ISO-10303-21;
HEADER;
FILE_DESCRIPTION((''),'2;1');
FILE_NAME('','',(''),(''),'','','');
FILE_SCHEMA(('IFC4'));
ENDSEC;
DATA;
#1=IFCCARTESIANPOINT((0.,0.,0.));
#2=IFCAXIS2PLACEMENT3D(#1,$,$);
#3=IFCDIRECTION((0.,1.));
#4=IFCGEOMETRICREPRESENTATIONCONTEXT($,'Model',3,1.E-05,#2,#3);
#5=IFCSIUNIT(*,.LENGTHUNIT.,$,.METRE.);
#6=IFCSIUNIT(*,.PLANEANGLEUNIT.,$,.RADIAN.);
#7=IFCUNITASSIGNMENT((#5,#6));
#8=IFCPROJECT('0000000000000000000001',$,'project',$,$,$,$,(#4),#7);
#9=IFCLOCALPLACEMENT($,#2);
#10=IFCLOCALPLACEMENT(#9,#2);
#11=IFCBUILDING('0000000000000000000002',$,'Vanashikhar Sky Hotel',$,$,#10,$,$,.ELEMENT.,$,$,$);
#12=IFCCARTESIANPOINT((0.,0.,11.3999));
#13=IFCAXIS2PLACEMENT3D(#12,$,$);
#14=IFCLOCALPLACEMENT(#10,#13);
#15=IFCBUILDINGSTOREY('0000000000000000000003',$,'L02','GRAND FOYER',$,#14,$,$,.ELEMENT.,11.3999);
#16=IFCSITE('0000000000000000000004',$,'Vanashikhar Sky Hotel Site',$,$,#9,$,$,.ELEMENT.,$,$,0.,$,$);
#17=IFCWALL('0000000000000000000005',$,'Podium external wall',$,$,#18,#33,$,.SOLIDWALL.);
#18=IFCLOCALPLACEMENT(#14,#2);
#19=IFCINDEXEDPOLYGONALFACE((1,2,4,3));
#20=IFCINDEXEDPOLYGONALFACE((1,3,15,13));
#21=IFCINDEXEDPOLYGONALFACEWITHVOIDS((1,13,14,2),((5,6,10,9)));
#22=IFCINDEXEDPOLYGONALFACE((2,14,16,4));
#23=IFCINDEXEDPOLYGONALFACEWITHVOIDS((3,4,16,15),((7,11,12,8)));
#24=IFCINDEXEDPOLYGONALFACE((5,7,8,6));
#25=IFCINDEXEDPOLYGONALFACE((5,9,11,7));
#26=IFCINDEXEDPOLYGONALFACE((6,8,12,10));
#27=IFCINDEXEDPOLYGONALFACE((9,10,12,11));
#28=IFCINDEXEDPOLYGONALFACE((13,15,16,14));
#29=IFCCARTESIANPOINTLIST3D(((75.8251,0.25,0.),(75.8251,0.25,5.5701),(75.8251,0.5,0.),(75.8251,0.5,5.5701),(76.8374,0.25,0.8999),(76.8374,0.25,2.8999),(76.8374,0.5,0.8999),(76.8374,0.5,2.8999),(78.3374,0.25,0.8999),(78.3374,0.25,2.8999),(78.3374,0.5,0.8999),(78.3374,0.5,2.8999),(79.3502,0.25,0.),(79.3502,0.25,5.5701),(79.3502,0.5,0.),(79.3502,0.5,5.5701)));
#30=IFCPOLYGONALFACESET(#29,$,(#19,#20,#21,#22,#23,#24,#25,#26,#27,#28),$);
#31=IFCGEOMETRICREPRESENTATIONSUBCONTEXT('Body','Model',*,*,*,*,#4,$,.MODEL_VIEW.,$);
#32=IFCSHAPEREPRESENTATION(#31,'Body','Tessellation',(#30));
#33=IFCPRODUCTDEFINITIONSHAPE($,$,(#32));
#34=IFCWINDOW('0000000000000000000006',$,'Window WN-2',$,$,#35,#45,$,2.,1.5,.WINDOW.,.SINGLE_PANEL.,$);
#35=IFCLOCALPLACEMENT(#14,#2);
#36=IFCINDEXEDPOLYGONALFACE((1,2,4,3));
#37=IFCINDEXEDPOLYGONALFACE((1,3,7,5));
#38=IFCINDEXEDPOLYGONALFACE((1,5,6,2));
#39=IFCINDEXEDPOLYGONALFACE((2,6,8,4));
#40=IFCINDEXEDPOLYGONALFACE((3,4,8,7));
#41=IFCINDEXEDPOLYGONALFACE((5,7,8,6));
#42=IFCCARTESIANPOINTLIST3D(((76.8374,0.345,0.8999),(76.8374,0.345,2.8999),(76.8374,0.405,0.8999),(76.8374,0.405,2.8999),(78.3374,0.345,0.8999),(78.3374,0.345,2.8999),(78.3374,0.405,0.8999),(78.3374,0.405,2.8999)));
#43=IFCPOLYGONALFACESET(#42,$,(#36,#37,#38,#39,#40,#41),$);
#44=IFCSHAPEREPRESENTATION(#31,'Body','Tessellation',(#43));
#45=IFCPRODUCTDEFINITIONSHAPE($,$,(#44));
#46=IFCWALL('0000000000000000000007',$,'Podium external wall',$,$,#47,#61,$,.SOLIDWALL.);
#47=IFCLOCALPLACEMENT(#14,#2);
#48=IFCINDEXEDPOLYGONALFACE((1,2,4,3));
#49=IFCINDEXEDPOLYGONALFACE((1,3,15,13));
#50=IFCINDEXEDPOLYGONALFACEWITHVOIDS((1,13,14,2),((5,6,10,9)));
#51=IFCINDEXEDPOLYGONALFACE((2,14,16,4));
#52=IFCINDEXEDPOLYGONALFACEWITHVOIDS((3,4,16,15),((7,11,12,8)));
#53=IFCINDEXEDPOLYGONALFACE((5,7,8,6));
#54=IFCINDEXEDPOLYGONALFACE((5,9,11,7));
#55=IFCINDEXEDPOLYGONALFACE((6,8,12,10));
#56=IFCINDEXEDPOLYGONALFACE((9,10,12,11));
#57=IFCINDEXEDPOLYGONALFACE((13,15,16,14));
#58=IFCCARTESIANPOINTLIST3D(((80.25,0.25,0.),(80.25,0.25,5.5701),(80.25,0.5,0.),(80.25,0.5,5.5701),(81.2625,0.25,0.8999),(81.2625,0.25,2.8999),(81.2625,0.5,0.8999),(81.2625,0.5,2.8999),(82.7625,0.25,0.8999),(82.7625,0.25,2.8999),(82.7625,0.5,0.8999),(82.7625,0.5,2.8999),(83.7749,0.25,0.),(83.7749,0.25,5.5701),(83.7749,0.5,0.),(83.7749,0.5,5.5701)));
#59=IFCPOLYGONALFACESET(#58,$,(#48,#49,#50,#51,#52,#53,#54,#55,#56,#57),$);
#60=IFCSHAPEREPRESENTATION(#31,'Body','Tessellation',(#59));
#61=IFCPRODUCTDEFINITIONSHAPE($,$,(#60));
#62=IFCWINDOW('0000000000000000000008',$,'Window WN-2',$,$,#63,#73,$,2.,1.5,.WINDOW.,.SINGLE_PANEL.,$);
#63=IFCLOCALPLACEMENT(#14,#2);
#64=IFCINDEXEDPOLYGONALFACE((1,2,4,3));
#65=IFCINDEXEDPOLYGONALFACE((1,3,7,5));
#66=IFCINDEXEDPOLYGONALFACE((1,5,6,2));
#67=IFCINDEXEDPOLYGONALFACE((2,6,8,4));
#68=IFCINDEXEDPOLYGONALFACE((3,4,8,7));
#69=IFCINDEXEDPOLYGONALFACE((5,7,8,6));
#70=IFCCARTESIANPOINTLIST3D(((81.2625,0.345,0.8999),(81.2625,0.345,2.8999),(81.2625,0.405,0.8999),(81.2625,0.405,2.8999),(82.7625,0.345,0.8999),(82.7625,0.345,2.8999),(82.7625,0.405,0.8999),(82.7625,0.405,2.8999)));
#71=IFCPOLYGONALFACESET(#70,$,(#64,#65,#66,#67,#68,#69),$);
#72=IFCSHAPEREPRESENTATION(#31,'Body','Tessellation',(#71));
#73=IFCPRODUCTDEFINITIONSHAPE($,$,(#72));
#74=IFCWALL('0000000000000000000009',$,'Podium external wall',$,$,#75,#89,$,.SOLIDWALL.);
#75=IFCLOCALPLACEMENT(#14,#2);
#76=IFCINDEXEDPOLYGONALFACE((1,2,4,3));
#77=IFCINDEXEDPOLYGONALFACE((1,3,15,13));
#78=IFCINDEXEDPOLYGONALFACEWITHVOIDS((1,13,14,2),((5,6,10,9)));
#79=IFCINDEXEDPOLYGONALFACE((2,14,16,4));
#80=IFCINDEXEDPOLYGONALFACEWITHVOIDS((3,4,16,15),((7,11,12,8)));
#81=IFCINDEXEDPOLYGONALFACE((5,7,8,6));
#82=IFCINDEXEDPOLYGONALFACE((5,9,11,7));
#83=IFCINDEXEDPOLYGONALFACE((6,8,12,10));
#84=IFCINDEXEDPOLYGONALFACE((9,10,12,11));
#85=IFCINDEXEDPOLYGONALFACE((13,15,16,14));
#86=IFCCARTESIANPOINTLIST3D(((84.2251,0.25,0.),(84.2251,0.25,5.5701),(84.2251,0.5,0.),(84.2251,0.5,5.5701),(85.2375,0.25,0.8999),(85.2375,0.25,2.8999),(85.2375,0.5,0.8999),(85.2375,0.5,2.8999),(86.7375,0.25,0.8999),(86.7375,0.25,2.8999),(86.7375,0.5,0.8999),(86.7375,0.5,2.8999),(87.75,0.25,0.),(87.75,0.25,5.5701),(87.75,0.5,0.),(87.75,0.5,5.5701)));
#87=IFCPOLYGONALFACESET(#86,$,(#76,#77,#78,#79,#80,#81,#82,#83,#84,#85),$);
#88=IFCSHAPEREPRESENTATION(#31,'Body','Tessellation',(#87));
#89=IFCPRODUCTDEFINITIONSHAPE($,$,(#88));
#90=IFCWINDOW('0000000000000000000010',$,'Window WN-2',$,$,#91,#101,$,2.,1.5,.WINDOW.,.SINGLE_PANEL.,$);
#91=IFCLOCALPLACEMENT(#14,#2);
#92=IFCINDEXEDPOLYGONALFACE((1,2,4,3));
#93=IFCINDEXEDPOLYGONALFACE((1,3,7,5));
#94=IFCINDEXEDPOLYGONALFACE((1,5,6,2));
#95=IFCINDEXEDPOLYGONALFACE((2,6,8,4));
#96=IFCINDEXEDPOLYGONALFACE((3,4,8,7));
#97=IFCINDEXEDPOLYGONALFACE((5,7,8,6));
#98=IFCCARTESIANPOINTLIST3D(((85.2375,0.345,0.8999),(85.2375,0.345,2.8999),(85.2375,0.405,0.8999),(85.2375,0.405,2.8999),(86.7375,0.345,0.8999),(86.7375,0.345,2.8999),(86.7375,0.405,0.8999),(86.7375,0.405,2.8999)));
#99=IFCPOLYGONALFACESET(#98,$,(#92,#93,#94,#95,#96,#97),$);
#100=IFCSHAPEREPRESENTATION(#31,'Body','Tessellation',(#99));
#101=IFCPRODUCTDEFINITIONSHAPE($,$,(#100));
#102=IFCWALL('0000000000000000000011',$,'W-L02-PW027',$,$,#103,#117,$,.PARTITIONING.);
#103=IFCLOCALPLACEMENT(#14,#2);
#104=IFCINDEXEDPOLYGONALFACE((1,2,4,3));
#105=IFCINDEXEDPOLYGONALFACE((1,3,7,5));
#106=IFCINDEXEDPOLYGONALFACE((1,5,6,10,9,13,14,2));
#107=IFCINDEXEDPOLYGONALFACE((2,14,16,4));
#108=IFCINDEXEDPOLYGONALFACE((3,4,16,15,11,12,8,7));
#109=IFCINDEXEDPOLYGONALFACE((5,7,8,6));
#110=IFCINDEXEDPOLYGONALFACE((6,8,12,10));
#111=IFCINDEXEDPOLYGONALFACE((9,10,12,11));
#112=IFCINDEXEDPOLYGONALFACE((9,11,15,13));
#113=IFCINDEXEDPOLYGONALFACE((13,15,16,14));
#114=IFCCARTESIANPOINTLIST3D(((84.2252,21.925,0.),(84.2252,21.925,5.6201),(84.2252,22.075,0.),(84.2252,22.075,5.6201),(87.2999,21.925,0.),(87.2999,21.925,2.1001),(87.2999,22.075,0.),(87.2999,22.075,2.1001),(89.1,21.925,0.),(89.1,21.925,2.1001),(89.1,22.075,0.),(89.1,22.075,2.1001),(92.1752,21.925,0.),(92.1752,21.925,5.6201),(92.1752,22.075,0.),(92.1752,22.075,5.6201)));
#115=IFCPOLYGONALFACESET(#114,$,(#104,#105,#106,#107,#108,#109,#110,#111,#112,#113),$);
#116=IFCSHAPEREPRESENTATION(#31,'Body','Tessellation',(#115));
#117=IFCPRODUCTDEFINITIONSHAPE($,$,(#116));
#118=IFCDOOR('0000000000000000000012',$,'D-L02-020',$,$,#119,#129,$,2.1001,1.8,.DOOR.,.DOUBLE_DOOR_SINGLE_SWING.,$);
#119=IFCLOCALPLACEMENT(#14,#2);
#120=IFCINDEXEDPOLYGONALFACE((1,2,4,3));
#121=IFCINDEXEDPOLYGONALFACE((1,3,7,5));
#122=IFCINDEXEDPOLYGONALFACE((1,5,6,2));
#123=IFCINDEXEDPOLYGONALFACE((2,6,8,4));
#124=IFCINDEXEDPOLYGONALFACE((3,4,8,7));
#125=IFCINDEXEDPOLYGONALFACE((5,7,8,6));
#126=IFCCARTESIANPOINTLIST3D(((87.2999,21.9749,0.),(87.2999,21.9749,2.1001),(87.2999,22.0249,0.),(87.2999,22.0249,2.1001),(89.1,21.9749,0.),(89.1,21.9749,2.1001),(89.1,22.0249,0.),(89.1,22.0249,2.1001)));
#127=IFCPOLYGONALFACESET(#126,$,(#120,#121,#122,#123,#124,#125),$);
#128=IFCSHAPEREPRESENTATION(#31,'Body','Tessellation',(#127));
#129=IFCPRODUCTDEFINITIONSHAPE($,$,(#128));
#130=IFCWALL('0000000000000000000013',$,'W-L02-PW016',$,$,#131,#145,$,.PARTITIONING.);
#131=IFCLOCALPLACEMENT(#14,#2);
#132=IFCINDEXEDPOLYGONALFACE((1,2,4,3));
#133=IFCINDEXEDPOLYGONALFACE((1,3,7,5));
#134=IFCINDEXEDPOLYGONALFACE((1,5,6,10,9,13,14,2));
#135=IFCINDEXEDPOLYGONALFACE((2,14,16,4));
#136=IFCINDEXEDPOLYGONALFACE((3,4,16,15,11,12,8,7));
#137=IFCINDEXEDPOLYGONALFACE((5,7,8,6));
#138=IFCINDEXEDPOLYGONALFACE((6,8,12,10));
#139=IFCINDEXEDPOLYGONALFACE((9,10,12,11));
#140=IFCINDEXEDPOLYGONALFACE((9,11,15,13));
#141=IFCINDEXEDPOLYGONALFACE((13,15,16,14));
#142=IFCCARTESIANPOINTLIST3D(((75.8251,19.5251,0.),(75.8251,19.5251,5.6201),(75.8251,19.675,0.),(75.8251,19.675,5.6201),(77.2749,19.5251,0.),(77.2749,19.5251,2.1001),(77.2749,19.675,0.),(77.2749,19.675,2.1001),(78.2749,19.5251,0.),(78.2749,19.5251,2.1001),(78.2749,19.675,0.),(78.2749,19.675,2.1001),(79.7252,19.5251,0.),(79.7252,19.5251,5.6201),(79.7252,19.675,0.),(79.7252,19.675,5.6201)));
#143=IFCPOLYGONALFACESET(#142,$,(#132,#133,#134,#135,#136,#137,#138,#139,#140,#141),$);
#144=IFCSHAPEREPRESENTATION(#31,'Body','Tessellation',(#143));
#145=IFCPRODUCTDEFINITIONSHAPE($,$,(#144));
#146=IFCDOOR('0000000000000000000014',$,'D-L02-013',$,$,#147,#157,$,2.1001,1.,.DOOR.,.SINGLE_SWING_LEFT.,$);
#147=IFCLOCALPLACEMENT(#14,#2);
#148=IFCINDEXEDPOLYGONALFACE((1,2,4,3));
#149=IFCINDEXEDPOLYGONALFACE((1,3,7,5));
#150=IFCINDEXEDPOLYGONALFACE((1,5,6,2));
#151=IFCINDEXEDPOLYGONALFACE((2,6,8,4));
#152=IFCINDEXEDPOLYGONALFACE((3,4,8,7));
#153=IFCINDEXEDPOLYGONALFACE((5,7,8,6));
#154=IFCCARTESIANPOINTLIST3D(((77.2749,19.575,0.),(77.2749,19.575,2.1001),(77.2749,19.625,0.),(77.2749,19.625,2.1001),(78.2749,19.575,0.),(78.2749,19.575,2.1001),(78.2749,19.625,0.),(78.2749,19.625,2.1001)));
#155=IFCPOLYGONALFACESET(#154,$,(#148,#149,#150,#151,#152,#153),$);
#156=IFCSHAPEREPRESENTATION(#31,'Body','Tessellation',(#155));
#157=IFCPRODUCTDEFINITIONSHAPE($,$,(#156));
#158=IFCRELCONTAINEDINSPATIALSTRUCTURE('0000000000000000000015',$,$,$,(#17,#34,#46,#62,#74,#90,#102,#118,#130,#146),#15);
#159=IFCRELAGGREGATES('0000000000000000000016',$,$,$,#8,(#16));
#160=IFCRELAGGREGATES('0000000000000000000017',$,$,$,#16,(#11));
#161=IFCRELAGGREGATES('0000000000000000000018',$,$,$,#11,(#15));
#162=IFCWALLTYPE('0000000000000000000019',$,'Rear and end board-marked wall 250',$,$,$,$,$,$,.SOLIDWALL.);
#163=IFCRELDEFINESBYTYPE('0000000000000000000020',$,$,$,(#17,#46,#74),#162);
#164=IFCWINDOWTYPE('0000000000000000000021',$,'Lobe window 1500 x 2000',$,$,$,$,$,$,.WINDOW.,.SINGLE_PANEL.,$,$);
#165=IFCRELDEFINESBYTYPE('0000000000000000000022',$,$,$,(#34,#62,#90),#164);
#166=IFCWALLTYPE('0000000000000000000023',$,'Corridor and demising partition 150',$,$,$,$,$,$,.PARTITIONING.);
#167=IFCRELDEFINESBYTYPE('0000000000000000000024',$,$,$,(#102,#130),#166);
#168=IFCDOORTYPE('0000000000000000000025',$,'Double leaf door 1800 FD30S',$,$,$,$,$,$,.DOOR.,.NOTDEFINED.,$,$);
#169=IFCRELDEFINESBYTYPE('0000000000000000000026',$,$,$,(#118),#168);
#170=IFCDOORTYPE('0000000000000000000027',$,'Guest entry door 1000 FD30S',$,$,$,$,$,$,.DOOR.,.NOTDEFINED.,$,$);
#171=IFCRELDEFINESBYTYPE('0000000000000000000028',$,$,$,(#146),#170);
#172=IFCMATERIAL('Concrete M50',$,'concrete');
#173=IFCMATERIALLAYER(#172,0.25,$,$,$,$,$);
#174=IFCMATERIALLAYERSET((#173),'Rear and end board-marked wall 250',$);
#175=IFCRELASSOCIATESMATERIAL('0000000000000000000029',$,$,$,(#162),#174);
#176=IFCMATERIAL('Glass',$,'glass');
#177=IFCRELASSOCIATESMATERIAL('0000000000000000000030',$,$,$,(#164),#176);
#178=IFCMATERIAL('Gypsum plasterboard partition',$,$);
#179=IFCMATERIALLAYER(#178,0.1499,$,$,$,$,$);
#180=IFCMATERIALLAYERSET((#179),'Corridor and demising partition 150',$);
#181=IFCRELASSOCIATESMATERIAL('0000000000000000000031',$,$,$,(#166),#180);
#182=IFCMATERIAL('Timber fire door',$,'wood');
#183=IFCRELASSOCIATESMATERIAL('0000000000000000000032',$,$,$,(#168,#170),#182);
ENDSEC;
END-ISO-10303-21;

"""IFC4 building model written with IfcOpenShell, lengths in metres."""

from ifc_helpers import new_model, si_unit, direction, frame, frame_2d, origin, place, context, subcontext, project, spatial, rectangle, extrude, source, transform, mapped, material, layer, layer_set, type_object, element, fill, save


model = new_model("IFC4")

# Units and contexts
model_context = context("Model", 3, precision=1e-05, world=origin(), true_north=direction((0.0, 1.0)))
body_context = subcontext(model_context, "Body", "Model", "MODEL_VIEW")
ifc_project = project(units=[si_unit("LENGTHUNIT", "METRE"), si_unit("PLANEANGLEUNIT", "RADIAN")], contexts=[model_context])

# Site, building, storey
site_placement = place(None, origin())
site = spatial("IfcSite", under=ifc_project, at=site_placement, Name="Vanashikhar Sky Hotel Site", CompositionType="ELEMENT", RefElevation=0.0)
building_placement = place(site_placement, origin())
building = spatial("IfcBuilding", under=site, at=building_placement, Name="Vanashikhar Sky Hotel", CompositionType="ELEMENT")
storey_placement = place(building_placement, frame((0.0, 0.0, 11.3999)))
storey = spatial("IfcBuildingStorey", under=building, at=storey_placement, Name="L02", Description="GRAND FOYER", CompositionType="ELEMENT", Elevation=11.3999)

# Shared definitions
ifc_material_1 = material(Name="Concrete M50", Category="concrete")

# Shared definitions
ifc_material_2 = material(Name="Glass", Category="glass")

# Walls, openings, windows
ifc_layer_1 = layer(ifc_material_1, 0.25)
ifc_layer_set_1 = layer_set([ifc_layer_1], Name="Rear and end board-marked wall 250")
wall_type_1 = type_object("IfcWallType", Name="Rear and end board-marked wall 250", PredefinedType="SOLIDWALL", material=ifc_layer_set_1)
shared_shape_1 = source(origin(), body_context, "Body", "SweptSolid", [
    extrude(rectangle(XDim=3.5251, YDim=0.25, at=frame_2d((1.7627, 0.0))), origin(), (0.0, 0.0, 1.0), 5.5701),
])
wall_1_placement = place(storey_placement, frame((75.825, 0.375, 0.0), z_axis=(0.0, 0.0, 1.0), x_axis=(1.0, 0.0, 0.0)))
wall_1 = element("IfcWall", 1, at=wall_1_placement, inside=storey, type_object=wall_type_1, Name="Podium external wall", PredefinedType="SOLIDWALL", context=body_context, shape_type="MappedRepresentation", body=[
    mapped(shared_shape_1, transform((0.0, 0.0, 0.0), scale=1.0)),
])
shared_shape_2 = source(origin(), body_context, "Body", "SweptSolid", [
    extrude(rectangle(XDim=1.5, YDim=2.0, at=frame_2d((0.75, 1.0))), frame((0.0, 0.135, 0.0), z_axis=(0.0, -1.0, 0.0), x_axis=(1.0, 0.0, 0.0)), (0.0, 0.0, 1.0), 0.27),
])
opening_1_placement = place(wall_1_placement, frame((1.0125, 0.0, 0.8999)))
opening_1 = element("IfcOpeningElement", 2, at=opening_1_placement, cuts=wall_1, PredefinedType="OPENING", context=body_context, shape_type="MappedRepresentation", body=[
    mapped(shared_shape_2, transform((0.0, 0.0, 0.0), scale=1.0)),
])
window_type = type_object("IfcWindowType", Name="Lobe window 1500 x 2000", PartitioningType="SINGLE_PANEL", PredefinedType="WINDOW", material=ifc_material_2)
shared_shape_3 = source(origin(), body_context, "Body", "SweptSolid", [
    extrude(rectangle(XDim=1.5, YDim=2.0, at=frame_2d((0.75, 1.0))), frame((0.0, 0.03, 0.0), z_axis=(0.0, -1.0, 0.0), x_axis=(1.0, 0.0, 0.0)), (0.0, 0.0, 1.0), 0.0601),
])
window_1_placement = place(opening_1_placement, origin())
window_1 = element("IfcWindow", 3, at=window_1_placement, inside=storey, type_object=window_type, Name="Window WN-2", OverallHeight=2.0, OverallWidth=1.5, PartitioningType="SINGLE_PANEL", PredefinedType="WINDOW", context=body_context, shape_type="MappedRepresentation", body=[
    mapped(shared_shape_3, transform((0.0, 0.0, 0.0), scale=1.0)),
])
fill(opening_1, window_1)
shared_shape_4 = source(origin(), body_context, "Body", "SweptSolid", [
    extrude(rectangle(XDim=3.5249, YDim=0.25, at=frame_2d((1.7625, 0.0))), origin(), (0.0, 0.0, 1.0), 5.5701),
])
wall_2_placement = place(storey_placement, frame((80.25, 0.375, 0.0), z_axis=(0.0, 0.0, 1.0), x_axis=(1.0, 0.0, 0.0)))
wall_2 = element("IfcWall", 4, at=wall_2_placement, inside=storey, type_object=wall_type_1, Name="Podium external wall", PredefinedType="SOLIDWALL", context=body_context, shape_type="MappedRepresentation", body=[
    mapped(shared_shape_4, transform((0.0, 0.0, 0.0), scale=1.0)),
])
opening_2_placement = place(wall_2_placement, frame((1.0125, 0.0, 0.8999)))
opening_2 = element("IfcOpeningElement", 5, at=opening_2_placement, cuts=wall_2, PredefinedType="OPENING", context=body_context, shape_type="MappedRepresentation", body=[
    mapped(shared_shape_2, transform((0.0, 0.0, 0.0), scale=1.0)),
])
window_2_placement = place(opening_2_placement, origin())
window_2 = element("IfcWindow", 6, at=window_2_placement, inside=storey, type_object=window_type, Name="Window WN-2", OverallHeight=2.0, OverallWidth=1.5, PartitioningType="SINGLE_PANEL", PredefinedType="WINDOW", context=body_context, shape_type="MappedRepresentation", body=[
    mapped(shared_shape_3, transform((0.0, 0.0, 0.0), scale=1.0)),
])
fill(opening_2, window_2)
wall_3_placement = place(storey_placement, frame((84.2251, 0.375, 0.0), z_axis=(0.0, 0.0, 1.0), x_axis=(1.0, 0.0, 0.0)))
wall_3 = element("IfcWall", 7, at=wall_3_placement, inside=storey, type_object=wall_type_1, Name="Podium external wall", PredefinedType="SOLIDWALL", context=body_context, shape_type="MappedRepresentation", body=[
    mapped(shared_shape_4, transform((0.0, 0.0, 0.0), scale=1.0)),
])
opening_3_placement = place(wall_3_placement, frame((1.0125, 0.0, 0.8999)))
opening_3 = element("IfcOpeningElement", 8, at=opening_3_placement, cuts=wall_3, PredefinedType="OPENING", context=body_context, shape_type="MappedRepresentation", body=[
    mapped(shared_shape_2, transform((0.0, 0.0, 0.0), scale=1.0)),
])
window_3_placement = place(opening_3_placement, origin())
window_3 = element("IfcWindow", 9, at=window_3_placement, inside=storey, type_object=window_type, Name="Window WN-2", OverallHeight=2.0, OverallWidth=1.5, PartitioningType="SINGLE_PANEL", PredefinedType="WINDOW", context=body_context, shape_type="MappedRepresentation", body=[
    mapped(shared_shape_3, transform((0.0, 0.0, 0.0), scale=1.0)),
])
fill(opening_3, window_3)

# Walls, openings, doors
ifc_material_3 = material(Name="Gypsum plasterboard partition")
ifc_layer_2 = layer(ifc_material_3, 0.1499)
ifc_layer_set_2 = layer_set([ifc_layer_2], Name="Corridor and demising partition 150")
wall_type_2 = type_object("IfcWallType", Name="Corridor and demising partition 150", PredefinedType="PARTITIONING", material=ifc_layer_set_2)
shared_shape_5 = source(origin(), body_context, "Body", "SweptSolid", [
    extrude(rectangle(XDim=7.95, YDim=0.1499, at=frame_2d((3.9751, 0.0))), origin(), (0.0, 0.0, 1.0), 5.6201),
])
wall_4_placement = place(storey_placement, frame((84.2251, 22.0, 0.0), z_axis=(0.0, 0.0, 1.0), x_axis=(1.0, 0.0, 0.0)))
wall_4 = element("IfcWall", 10, at=wall_4_placement, inside=storey, type_object=wall_type_2, Name="W-L02-PW027", PredefinedType="PARTITIONING", context=body_context, shape_type="MappedRepresentation", body=[
    mapped(shared_shape_5, transform((0.0, 0.0, 0.0), scale=1.0)),
])
shared_shape_6 = source(origin(), body_context, "Body", "SweptSolid", [
    extrude(rectangle(XDim=1.8, YDim=2.1001, at=frame_2d((0.8999, 1.05))), frame((0.0, 0.085, 0.0), z_axis=(0.0, -1.0, 0.0), x_axis=(1.0, 0.0, 0.0)), (0.0, 0.0, 1.0), 0.1699),
])
opening_4_placement = place(wall_4_placement, frame((3.075, 0.0, 0.0)))
opening_4 = element("IfcOpeningElement", 11, at=opening_4_placement, cuts=wall_4, PredefinedType="OPENING", context=body_context, shape_type="MappedRepresentation", body=[
    mapped(shared_shape_6, transform((0.0, 0.0, 0.0), scale=1.0)),
])
ifc_material_4 = material(Name="Timber fire door", Category="wood")
door_type_1 = type_object("IfcDoorType", Name="Double leaf door 1800 FD30S", OperationType="NOTDEFINED", PredefinedType="DOOR", material=ifc_material_4)
shared_shape_7 = source(origin(), body_context, "Body", "SweptSolid", [
    extrude(rectangle(XDim=1.8, YDim=2.1001, at=frame_2d((0.8999, 1.05))), frame((0.0, 0.0249, 0.0), z_axis=(0.0, -1.0, 0.0), x_axis=(1.0, 0.0, 0.0)), (0.0, 0.0, 1.0), 0.05),
])
door_1_placement = place(opening_4_placement, origin())
door_1 = element("IfcDoor", 12, at=door_1_placement, inside=storey, type_object=door_type_1, Name="D-L02-020", OperationType="DOUBLE_DOOR_SINGLE_SWING", OverallHeight=2.1001, OverallWidth=1.8, PredefinedType="DOOR", context=body_context, shape_type="MappedRepresentation", body=[
    mapped(shared_shape_7, transform((0.0, 0.0, 0.0), scale=1.0)),
])
fill(opening_4, door_1)
shared_shape_8 = source(origin(), body_context, "Body", "SweptSolid", [
    extrude(rectangle(XDim=3.9001, YDim=0.1499, at=frame_2d((1.9502, 0.0))), origin(), (0.0, 0.0, 1.0), 5.6201),
])
wall_5_placement = place(storey_placement, frame((75.825, 19.6001, 0.0), z_axis=(0.0, 0.0, 1.0), x_axis=(1.0, 0.0, 0.0)))
wall_5 = element("IfcWall", 13, at=wall_5_placement, inside=storey, type_object=wall_type_2, Name="W-L02-PW016", PredefinedType="PARTITIONING", context=body_context, shape_type="MappedRepresentation", body=[
    mapped(shared_shape_8, transform((0.0, 0.0, 0.0), scale=1.0)),
])
shared_shape_9 = source(origin(), body_context, "Body", "SweptSolid", [
    extrude(rectangle(XDim=1.0, YDim=2.1001, at=frame_2d((0.5, 1.05))), frame((0.0, 0.085, 0.0), z_axis=(0.0, -1.0, 0.0), x_axis=(1.0, 0.0, 0.0)), (0.0, 0.0, 1.0), 0.1699),
])
opening_5_placement = place(wall_5_placement, frame((1.45, 0.0, 0.0)))
opening_5 = element("IfcOpeningElement", 14, at=opening_5_placement, cuts=wall_5, PredefinedType="OPENING", context=body_context, shape_type="MappedRepresentation", body=[
    mapped(shared_shape_9, transform((0.0, 0.0, 0.0), scale=1.0)),
])
door_type_2 = type_object("IfcDoorType", Name="Guest entry door 1000 FD30S", OperationType="NOTDEFINED", PredefinedType="DOOR", material=ifc_material_4)
shared_shape_10 = source(origin(), body_context, "Body", "SweptSolid", [
    extrude(rectangle(XDim=1.0, YDim=2.1001, at=frame_2d((0.5, 1.05))), frame((0.0, 0.0249, 0.0), z_axis=(0.0, -1.0, 0.0), x_axis=(1.0, 0.0, 0.0)), (0.0, 0.0, 1.0), 0.05),
])
door_2_placement = place(opening_5_placement, origin())
door_2 = element("IfcDoor", 15, at=door_2_placement, inside=storey, type_object=door_type_2, Name="D-L02-013", OperationType="SINGLE_SWING_LEFT", OverallHeight=2.1001, OverallWidth=1.0, PredefinedType="DOOR", context=body_context, shape_type="MappedRepresentation", body=[
    mapped(shared_shape_10, transform((0.0, 0.0, 0.0), scale=1.0)),
])
fill(opening_5, door_2)

save(model, "model.ifc")
